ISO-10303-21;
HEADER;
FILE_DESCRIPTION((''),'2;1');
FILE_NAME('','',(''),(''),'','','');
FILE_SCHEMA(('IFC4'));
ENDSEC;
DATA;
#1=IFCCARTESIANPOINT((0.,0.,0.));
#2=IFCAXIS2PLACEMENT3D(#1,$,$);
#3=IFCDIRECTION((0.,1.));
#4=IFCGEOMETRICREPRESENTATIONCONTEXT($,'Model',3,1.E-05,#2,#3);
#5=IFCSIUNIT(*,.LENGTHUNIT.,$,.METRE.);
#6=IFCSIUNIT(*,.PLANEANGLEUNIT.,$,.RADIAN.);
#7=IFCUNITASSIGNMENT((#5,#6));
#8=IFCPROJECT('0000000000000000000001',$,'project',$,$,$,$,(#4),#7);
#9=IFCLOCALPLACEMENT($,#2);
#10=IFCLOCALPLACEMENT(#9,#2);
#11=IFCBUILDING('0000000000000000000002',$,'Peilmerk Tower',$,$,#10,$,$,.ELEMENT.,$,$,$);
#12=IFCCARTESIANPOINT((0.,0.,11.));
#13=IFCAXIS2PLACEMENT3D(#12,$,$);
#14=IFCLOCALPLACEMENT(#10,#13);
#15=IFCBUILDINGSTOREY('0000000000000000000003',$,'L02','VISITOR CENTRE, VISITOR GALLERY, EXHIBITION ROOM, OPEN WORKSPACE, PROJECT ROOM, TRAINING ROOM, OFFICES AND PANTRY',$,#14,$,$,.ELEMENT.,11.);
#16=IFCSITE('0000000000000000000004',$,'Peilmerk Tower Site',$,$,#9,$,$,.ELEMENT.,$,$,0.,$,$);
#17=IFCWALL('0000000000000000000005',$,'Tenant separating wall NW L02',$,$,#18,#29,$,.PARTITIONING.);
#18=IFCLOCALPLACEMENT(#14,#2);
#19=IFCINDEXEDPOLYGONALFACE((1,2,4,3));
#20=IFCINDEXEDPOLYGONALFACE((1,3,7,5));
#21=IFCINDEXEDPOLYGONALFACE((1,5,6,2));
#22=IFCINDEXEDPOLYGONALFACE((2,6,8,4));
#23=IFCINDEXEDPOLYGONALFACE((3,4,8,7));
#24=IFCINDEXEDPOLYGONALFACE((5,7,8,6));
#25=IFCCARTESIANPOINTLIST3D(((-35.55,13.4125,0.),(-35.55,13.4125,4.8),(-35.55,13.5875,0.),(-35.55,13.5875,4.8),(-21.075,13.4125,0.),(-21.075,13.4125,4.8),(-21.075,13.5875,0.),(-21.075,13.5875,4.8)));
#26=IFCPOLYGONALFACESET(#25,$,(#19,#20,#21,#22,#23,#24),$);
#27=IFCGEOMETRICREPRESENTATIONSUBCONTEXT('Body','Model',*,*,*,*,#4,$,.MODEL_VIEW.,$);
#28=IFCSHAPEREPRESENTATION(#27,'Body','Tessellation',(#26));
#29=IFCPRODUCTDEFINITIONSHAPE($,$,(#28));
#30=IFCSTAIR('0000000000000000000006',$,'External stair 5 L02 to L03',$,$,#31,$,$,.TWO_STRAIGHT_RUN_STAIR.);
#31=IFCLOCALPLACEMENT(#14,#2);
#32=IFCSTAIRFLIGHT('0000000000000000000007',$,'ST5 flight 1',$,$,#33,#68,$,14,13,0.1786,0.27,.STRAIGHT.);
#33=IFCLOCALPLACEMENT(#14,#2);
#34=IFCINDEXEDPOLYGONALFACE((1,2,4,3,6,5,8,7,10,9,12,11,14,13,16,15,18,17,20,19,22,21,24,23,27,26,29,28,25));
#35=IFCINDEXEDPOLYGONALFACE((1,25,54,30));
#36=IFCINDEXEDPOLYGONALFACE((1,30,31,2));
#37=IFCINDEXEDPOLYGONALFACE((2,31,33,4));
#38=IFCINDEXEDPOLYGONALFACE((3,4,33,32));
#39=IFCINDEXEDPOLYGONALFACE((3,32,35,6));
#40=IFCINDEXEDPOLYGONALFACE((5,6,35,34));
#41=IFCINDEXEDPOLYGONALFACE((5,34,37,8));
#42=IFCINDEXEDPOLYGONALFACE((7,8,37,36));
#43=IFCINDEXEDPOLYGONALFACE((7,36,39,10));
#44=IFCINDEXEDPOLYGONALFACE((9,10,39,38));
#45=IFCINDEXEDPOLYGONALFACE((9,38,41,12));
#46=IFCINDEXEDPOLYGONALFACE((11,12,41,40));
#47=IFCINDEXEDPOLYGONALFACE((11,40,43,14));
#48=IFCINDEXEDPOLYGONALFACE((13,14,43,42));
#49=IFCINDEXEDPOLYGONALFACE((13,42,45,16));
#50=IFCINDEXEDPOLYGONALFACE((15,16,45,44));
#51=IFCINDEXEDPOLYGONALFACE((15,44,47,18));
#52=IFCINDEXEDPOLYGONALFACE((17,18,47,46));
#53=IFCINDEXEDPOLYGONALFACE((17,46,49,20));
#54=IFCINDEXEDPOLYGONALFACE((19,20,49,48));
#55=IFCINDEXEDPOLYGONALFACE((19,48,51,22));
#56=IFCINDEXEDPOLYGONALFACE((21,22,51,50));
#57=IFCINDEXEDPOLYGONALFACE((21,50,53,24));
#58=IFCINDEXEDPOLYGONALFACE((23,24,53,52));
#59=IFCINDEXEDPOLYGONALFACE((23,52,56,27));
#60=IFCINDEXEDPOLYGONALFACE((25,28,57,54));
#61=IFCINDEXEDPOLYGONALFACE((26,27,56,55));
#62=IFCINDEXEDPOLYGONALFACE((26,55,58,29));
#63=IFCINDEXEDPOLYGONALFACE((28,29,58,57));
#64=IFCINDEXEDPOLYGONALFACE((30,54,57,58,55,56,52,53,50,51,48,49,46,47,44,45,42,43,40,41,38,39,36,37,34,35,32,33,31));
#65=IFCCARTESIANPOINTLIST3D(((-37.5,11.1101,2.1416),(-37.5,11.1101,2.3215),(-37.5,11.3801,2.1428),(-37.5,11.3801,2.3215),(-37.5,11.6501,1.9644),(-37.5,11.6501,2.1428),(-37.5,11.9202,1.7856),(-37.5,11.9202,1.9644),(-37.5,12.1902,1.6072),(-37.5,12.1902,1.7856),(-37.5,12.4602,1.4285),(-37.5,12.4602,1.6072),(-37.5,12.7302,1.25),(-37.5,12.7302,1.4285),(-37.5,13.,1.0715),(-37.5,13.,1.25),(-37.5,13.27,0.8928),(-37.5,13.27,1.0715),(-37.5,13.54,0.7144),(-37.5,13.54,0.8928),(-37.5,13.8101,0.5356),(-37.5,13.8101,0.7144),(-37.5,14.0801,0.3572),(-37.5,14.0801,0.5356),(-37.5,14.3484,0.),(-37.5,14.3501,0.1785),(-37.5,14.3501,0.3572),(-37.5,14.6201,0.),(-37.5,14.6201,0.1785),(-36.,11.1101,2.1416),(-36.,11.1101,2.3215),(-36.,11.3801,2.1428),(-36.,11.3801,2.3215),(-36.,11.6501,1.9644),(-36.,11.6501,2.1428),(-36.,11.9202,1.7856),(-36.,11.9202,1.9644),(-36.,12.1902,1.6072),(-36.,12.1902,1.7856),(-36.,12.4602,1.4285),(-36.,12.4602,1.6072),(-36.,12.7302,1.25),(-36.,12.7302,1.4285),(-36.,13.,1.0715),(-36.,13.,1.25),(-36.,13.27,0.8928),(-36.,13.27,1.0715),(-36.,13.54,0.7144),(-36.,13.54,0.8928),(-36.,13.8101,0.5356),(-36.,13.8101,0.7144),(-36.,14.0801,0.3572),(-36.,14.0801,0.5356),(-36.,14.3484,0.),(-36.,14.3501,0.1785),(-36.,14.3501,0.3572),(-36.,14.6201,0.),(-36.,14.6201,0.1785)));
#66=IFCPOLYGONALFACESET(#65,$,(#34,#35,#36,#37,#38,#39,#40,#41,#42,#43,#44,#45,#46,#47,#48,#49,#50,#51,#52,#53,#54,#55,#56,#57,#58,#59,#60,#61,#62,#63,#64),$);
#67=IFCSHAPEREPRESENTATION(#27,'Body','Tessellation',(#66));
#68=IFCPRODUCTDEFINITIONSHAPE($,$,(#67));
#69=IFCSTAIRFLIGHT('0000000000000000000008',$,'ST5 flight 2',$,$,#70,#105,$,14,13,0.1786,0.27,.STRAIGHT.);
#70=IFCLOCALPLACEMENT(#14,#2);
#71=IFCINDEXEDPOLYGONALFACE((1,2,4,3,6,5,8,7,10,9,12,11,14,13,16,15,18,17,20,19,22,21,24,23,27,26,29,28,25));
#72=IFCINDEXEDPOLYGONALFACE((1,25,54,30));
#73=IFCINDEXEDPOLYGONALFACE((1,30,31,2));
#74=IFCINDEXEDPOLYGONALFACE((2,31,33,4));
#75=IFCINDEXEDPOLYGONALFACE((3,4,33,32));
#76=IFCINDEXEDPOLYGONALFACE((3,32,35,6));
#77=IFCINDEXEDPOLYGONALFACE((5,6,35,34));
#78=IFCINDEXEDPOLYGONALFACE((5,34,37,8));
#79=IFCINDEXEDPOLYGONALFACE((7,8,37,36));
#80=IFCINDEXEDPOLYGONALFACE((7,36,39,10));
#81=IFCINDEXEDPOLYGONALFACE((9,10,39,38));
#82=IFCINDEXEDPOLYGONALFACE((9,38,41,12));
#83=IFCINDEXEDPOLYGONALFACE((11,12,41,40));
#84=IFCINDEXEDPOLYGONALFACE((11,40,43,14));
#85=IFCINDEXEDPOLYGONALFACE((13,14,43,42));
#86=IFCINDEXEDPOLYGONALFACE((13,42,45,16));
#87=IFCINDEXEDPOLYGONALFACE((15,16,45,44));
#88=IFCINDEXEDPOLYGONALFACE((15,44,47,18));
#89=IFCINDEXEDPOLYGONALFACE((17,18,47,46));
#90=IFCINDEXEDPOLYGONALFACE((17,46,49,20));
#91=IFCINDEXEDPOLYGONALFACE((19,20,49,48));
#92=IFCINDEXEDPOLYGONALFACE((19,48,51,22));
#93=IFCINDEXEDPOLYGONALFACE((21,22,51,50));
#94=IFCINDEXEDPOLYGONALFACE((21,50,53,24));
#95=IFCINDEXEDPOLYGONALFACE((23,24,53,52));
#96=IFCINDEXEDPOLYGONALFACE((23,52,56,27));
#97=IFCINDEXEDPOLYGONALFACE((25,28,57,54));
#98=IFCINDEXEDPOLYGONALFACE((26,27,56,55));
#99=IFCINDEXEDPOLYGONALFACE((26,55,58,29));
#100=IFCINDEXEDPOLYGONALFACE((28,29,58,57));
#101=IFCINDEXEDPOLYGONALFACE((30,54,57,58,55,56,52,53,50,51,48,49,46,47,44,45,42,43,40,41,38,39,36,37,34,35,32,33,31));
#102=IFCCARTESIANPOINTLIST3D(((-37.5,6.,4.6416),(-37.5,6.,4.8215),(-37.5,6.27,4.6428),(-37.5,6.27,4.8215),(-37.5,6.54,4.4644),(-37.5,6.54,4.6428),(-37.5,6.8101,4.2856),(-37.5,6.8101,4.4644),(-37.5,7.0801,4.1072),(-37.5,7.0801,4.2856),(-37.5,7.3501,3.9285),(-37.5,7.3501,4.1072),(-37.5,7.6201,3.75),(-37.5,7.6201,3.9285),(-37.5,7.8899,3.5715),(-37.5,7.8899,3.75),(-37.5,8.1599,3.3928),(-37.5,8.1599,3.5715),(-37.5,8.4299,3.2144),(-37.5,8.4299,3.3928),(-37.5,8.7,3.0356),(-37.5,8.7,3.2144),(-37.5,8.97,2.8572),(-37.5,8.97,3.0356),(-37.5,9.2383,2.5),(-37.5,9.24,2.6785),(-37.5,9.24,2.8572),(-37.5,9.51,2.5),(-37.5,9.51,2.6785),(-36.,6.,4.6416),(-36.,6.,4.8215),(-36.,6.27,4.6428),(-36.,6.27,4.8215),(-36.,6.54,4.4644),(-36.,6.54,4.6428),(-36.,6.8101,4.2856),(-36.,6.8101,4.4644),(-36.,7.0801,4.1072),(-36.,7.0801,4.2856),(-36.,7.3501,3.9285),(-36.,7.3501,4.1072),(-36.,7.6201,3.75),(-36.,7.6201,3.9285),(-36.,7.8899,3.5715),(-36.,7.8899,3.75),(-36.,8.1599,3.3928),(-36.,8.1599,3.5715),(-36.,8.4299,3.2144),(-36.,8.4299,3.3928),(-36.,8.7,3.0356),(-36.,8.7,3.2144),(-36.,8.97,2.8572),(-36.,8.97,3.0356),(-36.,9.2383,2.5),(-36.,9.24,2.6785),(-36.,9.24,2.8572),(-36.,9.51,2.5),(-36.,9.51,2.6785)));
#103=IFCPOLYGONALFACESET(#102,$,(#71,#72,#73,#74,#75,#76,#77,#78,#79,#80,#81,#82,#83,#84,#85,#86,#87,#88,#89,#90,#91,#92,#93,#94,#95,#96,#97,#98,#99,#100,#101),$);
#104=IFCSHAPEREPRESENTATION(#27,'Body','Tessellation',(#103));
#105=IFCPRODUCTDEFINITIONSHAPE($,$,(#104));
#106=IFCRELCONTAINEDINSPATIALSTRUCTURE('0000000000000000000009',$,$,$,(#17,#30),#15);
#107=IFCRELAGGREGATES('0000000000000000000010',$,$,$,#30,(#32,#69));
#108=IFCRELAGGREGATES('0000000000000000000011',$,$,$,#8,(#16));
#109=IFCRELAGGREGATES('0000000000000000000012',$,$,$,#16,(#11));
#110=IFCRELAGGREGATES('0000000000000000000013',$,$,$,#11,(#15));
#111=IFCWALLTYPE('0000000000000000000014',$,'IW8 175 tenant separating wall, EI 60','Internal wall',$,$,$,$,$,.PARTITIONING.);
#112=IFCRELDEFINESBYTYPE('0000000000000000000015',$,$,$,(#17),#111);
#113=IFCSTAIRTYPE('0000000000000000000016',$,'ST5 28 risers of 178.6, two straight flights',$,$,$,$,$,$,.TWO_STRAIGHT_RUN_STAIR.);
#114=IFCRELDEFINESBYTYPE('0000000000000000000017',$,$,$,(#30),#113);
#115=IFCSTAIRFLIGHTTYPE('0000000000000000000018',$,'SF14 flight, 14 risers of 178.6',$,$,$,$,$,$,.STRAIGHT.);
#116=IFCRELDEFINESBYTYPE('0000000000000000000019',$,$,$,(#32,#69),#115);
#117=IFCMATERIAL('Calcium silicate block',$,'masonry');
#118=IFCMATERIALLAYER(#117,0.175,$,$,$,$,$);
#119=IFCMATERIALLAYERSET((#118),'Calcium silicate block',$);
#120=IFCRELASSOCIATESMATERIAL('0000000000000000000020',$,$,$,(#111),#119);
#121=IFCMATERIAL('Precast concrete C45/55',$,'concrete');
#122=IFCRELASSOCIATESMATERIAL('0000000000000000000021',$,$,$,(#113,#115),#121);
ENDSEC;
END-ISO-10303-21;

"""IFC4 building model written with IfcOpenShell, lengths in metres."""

from ifc_helpers import new_model, si_unit, direction, frame, frame_2d, origin, place, context, subcontext, project, spatial, polyline, rectangle, outline, extrude, material, layer, layer_set, type_object, element, aggregate, save


model = new_model("IFC4")

# Units and contexts
model_context = context("Model", 3, precision=1e-05, world=origin(), true_north=direction((0.0, 1.0)))
body_context = subcontext(model_context, "Body", "Model", "MODEL_VIEW")
ifc_project = project(units=[si_unit("LENGTHUNIT", "METRE"), si_unit("PLANEANGLEUNIT", "RADIAN")], contexts=[model_context])

# Site, building, storey
site_placement = place(None, origin())
site = spatial("IfcSite", under=ifc_project, at=site_placement, Name="Peilmerk Tower Site", CompositionType="ELEMENT", RefElevation=0.0)
building_placement = place(site_placement, origin())
building = spatial("IfcBuilding", under=site, at=building_placement, Name="Peilmerk Tower", CompositionType="ELEMENT")
storey_placement = place(building_placement, frame((0.0, 0.0, 11.0)))
storey = spatial("IfcBuildingStorey", under=building, at=storey_placement, Name="L02", Description="VISITOR CENTRE, VISITOR GALLERY, EXHIBITION ROOM, OPEN WORKSPACE, PROJECT ROOM, TRAINING ROOM, OFFICES AND PANTRY", CompositionType="ELEMENT", Elevation=11.0)

# Shared definitions
ifc_material_1 = material(Name="Calcium silicate block", Category="masonry")

# Wall
ifc_layer_1 = layer(ifc_material_1, 0.175)
ifc_layer_set_1 = layer_set([ifc_layer_1], Name="Calcium silicate block")
wall_type_1 = type_object("IfcWallType", Name="IW8 175 tenant separating wall, EI 60", Description="Internal wall", PredefinedType="PARTITIONING", material=ifc_layer_set_1)
wall_1_placement = place(storey_placement, frame((-35.55, 13.5, 0.0), z_axis=(0.0, 0.0, 1.0), x_axis=(1.0, 0.0, 0.0)))
element("IfcWall", 1, at=wall_1_placement, inside=storey, type_object=wall_type_1, Name="Tenant separating wall NW L02", PredefinedType="PARTITIONING", context=body_context, shape_type="SweptSolid", body=[
    extrude(rectangle(XDim=14.4751, YDim=0.175, at=frame_2d((7.2375, 0.0))), origin(), (0.0, 0.0, 1.0), 4.8),
])

# Stair, stair flights
ifc_material_2 = material(Name="Precast concrete C45/55", Category="concrete")
stair_type = type_object("IfcStairType", Name="ST5 28 risers of 178.6, two straight flights", PredefinedType="TWO_STRAIGHT_RUN_STAIR", material=ifc_material_2)
stair_placement = place(storey_placement, origin())
stair = element("IfcStair", 2, at=stair_placement, inside=storey, type_object=stair_type, Name="External stair 5 L02 to L03", PredefinedType="TWO_STRAIGHT_RUN_STAIR")
stair_flight_type = type_object("IfcStairFlightType", Name="SF14 flight, 14 risers of 178.6", PredefinedType="STRAIGHT", material=ifc_material_2)
stair_flight_1_placement = place(storey_placement, frame((-36.75, 14.6201, 0.0), z_axis=(0.0, 0.0, 1.0), x_axis=(0.0, -1.0, 0.0)))
stair_flight_1 = element("IfcStairFlight", 3, at=stair_flight_1_placement, type_object=stair_flight_type, Name="ST5 flight 1", NumberOfRisers=14, NumberOfTreads=13, PredefinedType="STRAIGHT", RiserHeight=0.1786, TreadLength=0.27, context=body_context, shape_type="SweptSolid", body=[
    extrude(outline(polyline([(0.0, 0.0), (0.0, 0.1785), (0.27, 0.1785), (0.27, 0.3572), (0.54, 0.3572), (0.54, 0.5356), (0.8101, 0.5356), (0.8101, 0.7144), (1.0801, 0.7144), (1.0801, 0.8928), (1.3501, 0.8928), (1.3501, 1.0715), (1.6201, 1.0715), (1.6201, 1.25), (1.8899, 1.25), (1.8899, 1.4285), (2.1599, 1.4285), (2.1599, 1.6072), (2.4299, 1.6072), (2.4299, 1.7856), (2.7, 1.7856), (2.7, 1.9644), (2.97, 1.9644), (2.97, 2.1428), (3.24, 2.1428), (3.24, 2.3215), (3.51, 2.3215), (3.51, 2.5), (3.51, 2.1416), (0.2717, 0.0), (0.0, 0.0)])), frame((0.0, 0.75, 0.0), z_axis=(0.0, -1.0, 0.0), x_axis=(1.0, 0.0, 0.0)), (0.0, 0.0, 1.0), 1.5),
])
stair_flight_2_placement = place(storey_placement, frame((-36.75, 9.51, 2.5), z_axis=(0.0, 0.0, 1.0), x_axis=(0.0, -1.0, 0.0)))
stair_flight_2 = element("IfcStairFlight", 4, at=stair_flight_2_placement, type_object=stair_flight_type, Name="ST5 flight 2", NumberOfRisers=14, NumberOfTreads=13, PredefinedType="STRAIGHT", RiserHeight=0.1786, TreadLength=0.27, context=body_context, shape_type="SweptSolid", body=[
    extrude(outline(polyline([(0.0, 0.0), (0.0, 0.1785), (0.27, 0.1785), (0.27, 0.3572), (0.54, 0.3572), (0.54, 0.5356), (0.8101, 0.5356), (0.8101, 0.7144), (1.0801, 0.7144), (1.0801, 0.8928), (1.3501, 0.8928), (1.3501, 1.0715), (1.6201, 1.0715), (1.6201, 1.25), (1.8899, 1.25), (1.8899, 1.4285), (2.1599, 1.4285), (2.1599, 1.6072), (2.4299, 1.6072), (2.4299, 1.7856), (2.7, 1.7856), (2.7, 1.9644), (2.97, 1.9644), (2.97, 2.1428), (3.24, 2.1428), (3.24, 2.3215), (3.51, 2.3215), (3.51, 2.5), (3.51, 2.1416), (0.2717, 0.0), (0.0, 0.0)])), frame((0.0, 0.75, 0.0), z_axis=(0.0, -1.0, 0.0), x_axis=(1.0, 0.0, 0.0)), (0.0, 0.0, 1.0), 1.5),
])
aggregate(stair, [stair_flight_1, stair_flight_2])

save(model, "model.ifc")
